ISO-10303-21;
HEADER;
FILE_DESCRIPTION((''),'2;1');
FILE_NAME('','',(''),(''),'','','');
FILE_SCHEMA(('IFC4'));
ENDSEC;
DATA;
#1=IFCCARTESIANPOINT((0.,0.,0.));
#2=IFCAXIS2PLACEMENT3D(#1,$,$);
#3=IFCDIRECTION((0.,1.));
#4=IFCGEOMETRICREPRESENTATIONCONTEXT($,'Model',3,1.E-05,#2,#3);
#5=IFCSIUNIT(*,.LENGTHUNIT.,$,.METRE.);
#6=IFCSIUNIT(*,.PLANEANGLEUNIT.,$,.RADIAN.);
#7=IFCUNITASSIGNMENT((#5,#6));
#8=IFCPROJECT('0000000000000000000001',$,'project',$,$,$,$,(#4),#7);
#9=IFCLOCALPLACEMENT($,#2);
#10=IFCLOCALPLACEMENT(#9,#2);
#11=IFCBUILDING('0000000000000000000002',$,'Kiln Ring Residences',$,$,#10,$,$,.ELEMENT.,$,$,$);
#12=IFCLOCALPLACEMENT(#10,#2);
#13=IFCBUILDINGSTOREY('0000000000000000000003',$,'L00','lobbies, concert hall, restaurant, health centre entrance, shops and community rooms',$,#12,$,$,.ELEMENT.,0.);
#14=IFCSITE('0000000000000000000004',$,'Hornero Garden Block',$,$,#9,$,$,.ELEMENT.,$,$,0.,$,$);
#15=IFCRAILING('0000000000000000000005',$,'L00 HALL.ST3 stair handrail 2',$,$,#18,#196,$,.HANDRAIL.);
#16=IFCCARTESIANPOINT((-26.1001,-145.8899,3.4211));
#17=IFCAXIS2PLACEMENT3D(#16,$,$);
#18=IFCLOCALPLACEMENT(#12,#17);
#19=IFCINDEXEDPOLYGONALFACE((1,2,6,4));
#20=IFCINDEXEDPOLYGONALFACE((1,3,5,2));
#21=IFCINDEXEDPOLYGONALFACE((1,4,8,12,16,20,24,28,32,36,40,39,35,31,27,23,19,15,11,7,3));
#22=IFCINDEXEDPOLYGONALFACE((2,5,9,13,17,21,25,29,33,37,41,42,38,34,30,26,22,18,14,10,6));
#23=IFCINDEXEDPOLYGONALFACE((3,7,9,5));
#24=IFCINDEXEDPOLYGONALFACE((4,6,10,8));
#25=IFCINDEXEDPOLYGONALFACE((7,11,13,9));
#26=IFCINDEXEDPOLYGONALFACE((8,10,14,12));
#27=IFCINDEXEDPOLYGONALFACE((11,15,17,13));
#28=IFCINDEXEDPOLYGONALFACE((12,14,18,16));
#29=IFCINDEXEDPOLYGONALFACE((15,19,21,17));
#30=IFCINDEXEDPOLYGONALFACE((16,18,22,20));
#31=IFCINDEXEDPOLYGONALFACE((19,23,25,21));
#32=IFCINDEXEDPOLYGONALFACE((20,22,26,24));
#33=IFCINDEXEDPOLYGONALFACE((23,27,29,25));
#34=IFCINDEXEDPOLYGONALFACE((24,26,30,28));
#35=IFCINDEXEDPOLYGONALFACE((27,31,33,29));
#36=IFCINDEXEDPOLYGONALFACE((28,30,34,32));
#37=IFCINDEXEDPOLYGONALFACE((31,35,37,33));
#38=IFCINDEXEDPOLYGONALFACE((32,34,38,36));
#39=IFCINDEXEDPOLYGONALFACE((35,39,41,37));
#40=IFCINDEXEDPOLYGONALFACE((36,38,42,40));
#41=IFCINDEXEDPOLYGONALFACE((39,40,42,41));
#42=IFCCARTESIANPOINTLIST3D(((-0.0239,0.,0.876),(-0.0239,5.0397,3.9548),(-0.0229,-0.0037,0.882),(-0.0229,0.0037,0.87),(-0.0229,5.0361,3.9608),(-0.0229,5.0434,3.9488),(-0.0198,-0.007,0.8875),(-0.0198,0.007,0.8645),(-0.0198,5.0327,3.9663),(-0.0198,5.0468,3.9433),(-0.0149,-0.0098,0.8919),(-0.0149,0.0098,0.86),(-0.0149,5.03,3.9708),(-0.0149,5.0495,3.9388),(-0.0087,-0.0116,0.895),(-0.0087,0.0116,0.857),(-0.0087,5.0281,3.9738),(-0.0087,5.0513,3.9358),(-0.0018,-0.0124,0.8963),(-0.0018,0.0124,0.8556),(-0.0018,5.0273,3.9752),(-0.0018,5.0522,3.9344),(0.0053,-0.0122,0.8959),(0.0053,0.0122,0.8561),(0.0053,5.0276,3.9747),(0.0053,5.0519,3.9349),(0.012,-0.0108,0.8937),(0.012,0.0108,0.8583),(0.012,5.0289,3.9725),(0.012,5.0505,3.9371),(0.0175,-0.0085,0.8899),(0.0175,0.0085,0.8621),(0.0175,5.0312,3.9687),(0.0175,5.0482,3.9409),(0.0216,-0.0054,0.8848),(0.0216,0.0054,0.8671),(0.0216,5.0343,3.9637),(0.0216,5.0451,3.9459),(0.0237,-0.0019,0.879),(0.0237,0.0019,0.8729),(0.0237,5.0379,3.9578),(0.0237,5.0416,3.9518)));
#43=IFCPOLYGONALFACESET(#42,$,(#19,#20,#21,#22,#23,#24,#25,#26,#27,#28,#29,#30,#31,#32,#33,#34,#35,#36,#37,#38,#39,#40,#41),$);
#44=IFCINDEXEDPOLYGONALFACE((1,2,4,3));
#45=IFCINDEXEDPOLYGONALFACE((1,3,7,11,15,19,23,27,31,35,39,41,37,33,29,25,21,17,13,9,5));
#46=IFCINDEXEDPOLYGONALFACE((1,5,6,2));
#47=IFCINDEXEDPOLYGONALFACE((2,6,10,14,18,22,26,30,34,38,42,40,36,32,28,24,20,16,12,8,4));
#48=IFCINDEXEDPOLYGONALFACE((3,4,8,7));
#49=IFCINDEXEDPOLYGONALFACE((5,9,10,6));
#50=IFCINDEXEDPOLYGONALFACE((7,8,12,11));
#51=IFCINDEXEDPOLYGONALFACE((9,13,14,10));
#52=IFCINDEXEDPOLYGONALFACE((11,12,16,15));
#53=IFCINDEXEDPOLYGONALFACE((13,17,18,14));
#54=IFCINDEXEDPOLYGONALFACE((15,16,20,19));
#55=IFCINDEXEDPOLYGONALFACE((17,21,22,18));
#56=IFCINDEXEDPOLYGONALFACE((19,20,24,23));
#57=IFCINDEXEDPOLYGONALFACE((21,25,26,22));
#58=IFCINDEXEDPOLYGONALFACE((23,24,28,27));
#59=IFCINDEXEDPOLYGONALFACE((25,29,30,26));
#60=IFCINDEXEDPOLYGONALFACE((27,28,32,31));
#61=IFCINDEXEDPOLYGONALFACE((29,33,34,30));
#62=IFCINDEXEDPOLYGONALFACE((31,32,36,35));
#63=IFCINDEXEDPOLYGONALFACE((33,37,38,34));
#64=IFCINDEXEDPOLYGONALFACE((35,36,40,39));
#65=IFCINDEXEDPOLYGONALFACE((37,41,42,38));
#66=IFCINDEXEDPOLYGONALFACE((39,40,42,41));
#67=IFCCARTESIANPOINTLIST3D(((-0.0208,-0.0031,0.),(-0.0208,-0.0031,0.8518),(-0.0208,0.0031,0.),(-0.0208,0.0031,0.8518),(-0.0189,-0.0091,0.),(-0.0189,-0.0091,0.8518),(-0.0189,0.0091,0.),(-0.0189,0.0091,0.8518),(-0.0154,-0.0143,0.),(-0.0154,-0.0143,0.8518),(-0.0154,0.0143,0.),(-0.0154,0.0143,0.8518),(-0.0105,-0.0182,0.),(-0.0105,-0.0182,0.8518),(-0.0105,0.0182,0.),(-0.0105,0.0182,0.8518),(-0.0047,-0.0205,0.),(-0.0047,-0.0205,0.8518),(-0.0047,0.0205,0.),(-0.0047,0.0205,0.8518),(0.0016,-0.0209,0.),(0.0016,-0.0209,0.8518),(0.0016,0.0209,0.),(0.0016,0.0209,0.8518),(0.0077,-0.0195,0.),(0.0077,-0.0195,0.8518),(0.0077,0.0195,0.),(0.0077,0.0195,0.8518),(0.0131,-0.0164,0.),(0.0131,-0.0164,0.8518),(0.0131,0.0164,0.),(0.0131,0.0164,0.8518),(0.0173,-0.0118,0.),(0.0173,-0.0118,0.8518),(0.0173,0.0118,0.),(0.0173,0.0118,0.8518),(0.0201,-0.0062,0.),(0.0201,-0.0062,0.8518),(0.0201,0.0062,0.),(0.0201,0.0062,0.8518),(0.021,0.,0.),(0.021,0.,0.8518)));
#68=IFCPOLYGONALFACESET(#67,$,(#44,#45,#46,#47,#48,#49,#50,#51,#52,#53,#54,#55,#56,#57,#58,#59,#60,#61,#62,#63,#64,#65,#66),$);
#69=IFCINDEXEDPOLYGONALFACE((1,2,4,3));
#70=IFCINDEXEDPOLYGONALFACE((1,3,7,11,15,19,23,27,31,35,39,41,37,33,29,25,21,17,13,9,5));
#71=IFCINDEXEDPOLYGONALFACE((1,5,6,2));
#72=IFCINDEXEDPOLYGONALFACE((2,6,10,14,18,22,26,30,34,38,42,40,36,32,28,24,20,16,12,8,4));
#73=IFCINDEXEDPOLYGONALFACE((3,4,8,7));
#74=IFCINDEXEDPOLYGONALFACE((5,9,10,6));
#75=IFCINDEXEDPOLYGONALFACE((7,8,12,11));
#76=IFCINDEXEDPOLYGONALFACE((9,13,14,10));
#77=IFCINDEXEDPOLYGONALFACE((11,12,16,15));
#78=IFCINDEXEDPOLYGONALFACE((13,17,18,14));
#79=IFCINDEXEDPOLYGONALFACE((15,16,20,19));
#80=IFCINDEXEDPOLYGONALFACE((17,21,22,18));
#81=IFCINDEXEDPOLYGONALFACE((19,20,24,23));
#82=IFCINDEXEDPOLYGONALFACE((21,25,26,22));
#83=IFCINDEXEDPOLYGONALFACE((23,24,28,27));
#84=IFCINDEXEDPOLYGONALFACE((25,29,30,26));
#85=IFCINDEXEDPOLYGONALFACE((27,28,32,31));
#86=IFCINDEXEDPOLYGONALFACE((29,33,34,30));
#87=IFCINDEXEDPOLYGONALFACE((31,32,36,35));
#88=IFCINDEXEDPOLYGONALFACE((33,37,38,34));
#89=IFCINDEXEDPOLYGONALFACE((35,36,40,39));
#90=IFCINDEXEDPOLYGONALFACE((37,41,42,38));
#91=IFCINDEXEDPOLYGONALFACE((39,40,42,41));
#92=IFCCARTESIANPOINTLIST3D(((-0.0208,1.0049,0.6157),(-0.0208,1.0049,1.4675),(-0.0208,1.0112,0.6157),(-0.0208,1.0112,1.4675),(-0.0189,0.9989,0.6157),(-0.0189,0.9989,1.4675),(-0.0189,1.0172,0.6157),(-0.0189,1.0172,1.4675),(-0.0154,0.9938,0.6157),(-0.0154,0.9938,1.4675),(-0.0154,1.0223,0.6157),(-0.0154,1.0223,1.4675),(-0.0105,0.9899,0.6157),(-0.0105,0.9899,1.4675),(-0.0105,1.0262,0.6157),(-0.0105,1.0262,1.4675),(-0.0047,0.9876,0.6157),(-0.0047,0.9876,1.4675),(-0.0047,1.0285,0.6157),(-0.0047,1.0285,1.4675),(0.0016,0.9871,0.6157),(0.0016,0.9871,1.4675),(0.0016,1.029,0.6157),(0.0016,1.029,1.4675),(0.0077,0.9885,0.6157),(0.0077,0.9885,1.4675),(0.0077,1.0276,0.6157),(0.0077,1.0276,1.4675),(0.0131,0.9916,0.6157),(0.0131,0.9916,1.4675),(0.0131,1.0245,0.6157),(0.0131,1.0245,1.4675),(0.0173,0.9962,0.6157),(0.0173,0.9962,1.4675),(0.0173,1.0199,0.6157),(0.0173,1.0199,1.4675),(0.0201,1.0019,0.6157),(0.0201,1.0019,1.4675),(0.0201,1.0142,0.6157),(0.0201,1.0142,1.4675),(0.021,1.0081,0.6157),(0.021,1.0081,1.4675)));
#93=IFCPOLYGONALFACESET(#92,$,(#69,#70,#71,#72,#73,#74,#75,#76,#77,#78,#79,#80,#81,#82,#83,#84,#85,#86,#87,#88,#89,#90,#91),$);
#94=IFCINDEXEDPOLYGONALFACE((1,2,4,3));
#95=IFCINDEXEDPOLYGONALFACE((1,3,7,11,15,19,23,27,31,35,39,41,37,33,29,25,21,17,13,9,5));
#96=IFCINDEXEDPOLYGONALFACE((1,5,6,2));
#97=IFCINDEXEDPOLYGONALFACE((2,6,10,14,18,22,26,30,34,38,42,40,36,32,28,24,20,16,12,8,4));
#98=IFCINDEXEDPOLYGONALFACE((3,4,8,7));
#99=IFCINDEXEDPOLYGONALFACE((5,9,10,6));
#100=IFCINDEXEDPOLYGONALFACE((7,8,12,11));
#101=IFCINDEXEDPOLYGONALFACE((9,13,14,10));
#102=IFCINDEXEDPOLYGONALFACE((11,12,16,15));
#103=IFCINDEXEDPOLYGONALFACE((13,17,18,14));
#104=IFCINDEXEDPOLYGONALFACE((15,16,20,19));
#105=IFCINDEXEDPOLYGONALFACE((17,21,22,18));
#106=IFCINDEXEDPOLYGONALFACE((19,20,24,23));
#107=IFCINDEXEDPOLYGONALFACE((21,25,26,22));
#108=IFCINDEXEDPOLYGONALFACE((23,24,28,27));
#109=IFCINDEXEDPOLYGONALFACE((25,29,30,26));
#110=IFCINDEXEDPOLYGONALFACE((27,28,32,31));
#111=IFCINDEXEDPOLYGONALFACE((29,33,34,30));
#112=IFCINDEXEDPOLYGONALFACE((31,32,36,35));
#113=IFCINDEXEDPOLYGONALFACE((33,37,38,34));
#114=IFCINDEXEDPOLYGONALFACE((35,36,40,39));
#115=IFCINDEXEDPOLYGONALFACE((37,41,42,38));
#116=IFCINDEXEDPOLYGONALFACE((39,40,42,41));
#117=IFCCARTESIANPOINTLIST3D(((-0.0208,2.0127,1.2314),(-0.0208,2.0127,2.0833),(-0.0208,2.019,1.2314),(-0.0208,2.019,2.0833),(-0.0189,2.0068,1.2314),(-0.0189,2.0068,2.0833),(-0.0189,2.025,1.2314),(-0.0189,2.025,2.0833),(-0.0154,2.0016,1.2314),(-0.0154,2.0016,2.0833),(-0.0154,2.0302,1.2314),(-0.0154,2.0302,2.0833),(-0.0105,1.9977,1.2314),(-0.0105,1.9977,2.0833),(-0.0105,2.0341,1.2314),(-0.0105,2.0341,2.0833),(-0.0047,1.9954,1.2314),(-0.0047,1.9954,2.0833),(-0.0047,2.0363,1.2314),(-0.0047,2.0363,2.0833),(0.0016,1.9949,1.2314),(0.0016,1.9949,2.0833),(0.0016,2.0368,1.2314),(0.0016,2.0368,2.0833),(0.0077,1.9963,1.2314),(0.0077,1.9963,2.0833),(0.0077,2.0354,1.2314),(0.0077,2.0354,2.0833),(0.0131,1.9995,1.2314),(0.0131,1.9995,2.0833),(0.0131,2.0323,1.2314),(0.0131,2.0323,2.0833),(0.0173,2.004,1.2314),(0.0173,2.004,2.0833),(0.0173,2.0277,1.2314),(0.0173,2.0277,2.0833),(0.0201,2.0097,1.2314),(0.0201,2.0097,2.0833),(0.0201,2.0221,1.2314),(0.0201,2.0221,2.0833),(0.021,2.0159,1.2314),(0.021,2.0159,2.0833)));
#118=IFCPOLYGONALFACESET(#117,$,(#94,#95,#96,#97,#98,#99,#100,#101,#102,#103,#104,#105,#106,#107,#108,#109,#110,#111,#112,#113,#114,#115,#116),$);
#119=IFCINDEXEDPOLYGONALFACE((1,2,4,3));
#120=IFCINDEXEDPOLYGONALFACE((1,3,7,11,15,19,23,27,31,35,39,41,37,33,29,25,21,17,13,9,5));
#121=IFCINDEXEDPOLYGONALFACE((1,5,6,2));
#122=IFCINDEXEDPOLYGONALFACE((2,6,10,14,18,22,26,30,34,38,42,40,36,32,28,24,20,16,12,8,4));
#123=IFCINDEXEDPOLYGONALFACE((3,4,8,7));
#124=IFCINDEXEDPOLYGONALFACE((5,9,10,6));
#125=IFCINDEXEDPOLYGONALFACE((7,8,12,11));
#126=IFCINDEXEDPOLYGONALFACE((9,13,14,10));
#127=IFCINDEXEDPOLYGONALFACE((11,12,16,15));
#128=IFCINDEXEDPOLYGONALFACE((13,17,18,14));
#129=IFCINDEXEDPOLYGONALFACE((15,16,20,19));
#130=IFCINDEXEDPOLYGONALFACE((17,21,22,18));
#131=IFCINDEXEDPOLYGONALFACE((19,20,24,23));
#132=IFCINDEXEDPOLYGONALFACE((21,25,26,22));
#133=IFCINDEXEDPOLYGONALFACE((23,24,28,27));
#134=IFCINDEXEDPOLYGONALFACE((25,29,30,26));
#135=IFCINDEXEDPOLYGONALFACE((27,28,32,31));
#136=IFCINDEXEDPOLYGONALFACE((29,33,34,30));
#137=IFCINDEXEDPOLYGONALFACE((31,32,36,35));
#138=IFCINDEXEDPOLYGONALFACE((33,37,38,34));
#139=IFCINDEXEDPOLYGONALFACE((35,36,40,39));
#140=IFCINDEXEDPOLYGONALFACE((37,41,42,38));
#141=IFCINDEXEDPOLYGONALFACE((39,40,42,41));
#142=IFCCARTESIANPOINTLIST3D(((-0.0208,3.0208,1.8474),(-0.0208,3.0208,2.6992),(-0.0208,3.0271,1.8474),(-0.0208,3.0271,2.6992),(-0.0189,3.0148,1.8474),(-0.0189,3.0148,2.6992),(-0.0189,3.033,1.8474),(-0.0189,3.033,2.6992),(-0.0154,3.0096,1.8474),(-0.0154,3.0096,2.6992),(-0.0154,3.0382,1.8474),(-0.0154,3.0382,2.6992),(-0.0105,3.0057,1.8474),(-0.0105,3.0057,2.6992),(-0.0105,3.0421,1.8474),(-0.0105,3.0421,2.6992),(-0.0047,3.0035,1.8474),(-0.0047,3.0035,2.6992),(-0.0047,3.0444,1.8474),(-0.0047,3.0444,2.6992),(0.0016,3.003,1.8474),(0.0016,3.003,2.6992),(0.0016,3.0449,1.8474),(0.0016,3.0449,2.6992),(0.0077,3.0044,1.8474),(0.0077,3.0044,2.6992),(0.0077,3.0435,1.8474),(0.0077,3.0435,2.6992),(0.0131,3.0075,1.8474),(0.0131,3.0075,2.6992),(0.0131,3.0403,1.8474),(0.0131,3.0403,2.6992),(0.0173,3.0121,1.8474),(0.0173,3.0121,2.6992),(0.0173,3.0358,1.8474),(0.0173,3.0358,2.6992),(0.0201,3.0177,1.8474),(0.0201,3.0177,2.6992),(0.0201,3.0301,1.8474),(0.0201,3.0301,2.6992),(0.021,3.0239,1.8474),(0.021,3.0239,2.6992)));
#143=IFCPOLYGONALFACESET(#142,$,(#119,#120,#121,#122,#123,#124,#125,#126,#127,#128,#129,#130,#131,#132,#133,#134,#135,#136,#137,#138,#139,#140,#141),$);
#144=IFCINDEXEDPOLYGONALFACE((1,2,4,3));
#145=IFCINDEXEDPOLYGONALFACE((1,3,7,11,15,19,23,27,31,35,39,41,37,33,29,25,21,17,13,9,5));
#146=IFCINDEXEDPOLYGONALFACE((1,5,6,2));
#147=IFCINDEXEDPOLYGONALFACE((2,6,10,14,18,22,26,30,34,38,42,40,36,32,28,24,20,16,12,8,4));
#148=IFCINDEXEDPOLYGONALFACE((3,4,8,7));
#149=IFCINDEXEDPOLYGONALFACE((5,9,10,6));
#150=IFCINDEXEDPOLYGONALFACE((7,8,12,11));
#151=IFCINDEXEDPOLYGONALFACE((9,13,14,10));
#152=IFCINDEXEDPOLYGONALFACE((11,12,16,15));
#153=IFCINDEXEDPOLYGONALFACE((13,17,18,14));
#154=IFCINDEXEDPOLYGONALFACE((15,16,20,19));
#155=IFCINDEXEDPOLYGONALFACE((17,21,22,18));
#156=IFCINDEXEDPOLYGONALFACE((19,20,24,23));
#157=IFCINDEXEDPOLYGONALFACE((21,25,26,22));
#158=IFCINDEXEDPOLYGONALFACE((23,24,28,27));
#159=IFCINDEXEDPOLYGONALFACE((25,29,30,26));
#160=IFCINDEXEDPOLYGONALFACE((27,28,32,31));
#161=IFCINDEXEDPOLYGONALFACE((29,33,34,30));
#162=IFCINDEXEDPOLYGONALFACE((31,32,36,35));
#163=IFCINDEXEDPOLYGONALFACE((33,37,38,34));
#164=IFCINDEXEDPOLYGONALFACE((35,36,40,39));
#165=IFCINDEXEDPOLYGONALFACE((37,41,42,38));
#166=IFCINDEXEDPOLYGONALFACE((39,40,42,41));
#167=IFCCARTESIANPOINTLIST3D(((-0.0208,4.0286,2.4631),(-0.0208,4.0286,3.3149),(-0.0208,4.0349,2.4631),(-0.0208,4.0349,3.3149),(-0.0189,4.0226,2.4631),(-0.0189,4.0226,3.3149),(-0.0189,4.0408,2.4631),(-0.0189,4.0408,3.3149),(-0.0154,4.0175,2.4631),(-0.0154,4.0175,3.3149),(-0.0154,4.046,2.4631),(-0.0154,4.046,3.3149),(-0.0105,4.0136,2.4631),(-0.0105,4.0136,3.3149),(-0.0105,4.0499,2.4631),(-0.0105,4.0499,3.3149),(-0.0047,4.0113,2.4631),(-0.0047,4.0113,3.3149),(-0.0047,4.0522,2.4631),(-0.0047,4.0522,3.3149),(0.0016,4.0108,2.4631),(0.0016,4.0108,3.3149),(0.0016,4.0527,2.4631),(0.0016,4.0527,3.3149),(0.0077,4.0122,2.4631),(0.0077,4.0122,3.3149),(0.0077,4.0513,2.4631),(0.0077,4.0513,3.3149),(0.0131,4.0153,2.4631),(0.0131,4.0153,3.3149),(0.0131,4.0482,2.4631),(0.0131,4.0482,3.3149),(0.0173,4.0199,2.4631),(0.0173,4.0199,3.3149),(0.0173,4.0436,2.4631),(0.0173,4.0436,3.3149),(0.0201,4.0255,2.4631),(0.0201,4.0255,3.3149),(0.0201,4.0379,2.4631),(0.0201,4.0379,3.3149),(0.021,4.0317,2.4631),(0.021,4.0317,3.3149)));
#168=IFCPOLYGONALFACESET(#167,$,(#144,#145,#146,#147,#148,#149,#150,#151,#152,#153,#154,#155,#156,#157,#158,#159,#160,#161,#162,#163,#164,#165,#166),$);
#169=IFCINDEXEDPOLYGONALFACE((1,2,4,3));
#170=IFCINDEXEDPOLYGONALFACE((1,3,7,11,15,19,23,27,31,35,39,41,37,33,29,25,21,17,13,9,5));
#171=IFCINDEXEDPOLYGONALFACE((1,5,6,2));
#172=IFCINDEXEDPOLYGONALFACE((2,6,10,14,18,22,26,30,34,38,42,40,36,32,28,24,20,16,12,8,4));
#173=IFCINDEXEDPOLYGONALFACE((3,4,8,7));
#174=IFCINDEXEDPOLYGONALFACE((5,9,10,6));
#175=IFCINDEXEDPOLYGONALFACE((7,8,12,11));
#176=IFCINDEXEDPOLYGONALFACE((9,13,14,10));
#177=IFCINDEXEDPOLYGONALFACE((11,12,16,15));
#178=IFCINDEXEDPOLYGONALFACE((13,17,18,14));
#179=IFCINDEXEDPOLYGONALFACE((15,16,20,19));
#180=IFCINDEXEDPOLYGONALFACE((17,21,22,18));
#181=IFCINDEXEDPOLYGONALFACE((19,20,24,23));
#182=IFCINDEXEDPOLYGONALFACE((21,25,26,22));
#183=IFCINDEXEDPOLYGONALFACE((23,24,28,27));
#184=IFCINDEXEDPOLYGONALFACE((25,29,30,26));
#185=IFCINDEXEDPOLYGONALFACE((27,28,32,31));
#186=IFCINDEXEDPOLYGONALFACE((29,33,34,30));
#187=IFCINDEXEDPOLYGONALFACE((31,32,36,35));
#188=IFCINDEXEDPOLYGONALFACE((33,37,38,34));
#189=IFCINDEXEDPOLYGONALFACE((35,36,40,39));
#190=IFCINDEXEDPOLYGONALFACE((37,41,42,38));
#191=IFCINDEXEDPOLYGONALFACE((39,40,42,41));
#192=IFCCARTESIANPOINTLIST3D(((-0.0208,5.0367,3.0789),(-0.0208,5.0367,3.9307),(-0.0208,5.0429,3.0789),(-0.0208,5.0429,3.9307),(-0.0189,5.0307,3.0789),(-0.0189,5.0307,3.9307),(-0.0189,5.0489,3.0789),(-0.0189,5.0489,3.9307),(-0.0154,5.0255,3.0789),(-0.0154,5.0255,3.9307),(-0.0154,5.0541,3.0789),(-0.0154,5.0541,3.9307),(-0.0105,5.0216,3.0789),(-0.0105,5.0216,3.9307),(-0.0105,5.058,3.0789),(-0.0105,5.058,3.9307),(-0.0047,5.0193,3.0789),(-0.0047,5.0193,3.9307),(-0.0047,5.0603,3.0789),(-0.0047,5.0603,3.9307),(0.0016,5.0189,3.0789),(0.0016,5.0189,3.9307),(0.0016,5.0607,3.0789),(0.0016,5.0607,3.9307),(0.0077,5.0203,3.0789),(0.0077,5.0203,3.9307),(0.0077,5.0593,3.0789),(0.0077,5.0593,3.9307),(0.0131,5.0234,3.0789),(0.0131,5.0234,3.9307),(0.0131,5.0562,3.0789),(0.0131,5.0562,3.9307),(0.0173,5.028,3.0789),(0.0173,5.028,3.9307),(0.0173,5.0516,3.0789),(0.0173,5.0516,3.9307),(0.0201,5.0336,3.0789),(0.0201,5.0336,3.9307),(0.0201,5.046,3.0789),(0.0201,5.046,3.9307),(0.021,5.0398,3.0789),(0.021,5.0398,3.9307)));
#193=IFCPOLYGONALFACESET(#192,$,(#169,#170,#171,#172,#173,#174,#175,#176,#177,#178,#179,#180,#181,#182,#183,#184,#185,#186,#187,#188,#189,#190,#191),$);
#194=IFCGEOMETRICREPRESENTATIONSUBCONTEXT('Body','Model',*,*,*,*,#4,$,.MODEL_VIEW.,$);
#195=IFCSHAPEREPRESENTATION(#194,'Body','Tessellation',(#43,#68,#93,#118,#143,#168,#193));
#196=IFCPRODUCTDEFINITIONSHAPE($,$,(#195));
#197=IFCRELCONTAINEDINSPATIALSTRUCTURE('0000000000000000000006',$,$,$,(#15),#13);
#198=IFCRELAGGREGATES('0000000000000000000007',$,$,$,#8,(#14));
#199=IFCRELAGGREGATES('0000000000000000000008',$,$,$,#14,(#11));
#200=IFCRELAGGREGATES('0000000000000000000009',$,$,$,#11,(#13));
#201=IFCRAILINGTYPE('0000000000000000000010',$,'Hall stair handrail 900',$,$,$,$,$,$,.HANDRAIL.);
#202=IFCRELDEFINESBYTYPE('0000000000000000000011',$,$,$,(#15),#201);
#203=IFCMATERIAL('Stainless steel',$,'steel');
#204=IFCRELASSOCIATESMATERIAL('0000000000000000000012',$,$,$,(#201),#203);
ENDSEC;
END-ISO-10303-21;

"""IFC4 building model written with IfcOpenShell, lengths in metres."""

from ifc_helpers import new_model, si_unit, direction, frame, origin, origin_2d, place, context, subcontext, project, spatial, circle, extrude, material, type_object, element, save


model = new_model("IFC4")

# Units and contexts
model_context = context("Model", 3, precision=1e-05, world=origin(), true_north=direction((0.0, 1.0)))
body_context = subcontext(model_context, "Body", "Model", "MODEL_VIEW")
ifc_project = project(units=[si_unit("LENGTHUNIT", "METRE"), si_unit("PLANEANGLEUNIT", "RADIAN")], contexts=[model_context])

# Site, building, storey
site_placement = place(None, origin())
site = spatial("IfcSite", under=ifc_project, at=site_placement, Name="Hornero Garden Block", CompositionType="ELEMENT", RefElevation=0.0)
building_placement = place(site_placement, origin())
building = spatial("IfcBuilding", under=site, at=building_placement, Name="Kiln Ring Residences", CompositionType="ELEMENT")
storey_placement = place(building_placement, origin())
storey = spatial("IfcBuildingStorey", under=building, at=storey_placement, Name="L00", Description="lobbies, concert hall, restaurant, health centre entrance, shops and community rooms", CompositionType="ELEMENT", Elevation=0.0)

# Railing
ifc_material_1 = material(Name="Stainless steel", Category="steel")
railing_type_1 = type_object("IfcRailingType", Name="Hall stair handrail 900", PredefinedType="HANDRAIL", material=ifc_material_1)
railing_1_placement = place(storey_placement, frame((-26.1001, -145.8899, 3.4211)))
element("IfcRailing", 1, at=railing_1_placement, inside=storey, type_object=railing_type_1, Name="L00 HALL.ST3 stair handrail 2", PredefinedType="HANDRAIL", context=body_context, shape_type="SweptSolid", body=[
    extrude(circle(Radius=0.0239, at=origin_2d()), frame((0.0, 0.0, 0.876), z_axis=(0.0, 0.853358, 0.521325), x_axis=(-1.0, 0.0, 0.0)), (0.0, 0.0, 1.0), 5.9058),
    extrude(circle(Radius=0.021, at=origin_2d()), origin(), (0.0, 0.0, 1.0), 0.8518),
    extrude(circle(Radius=0.021, at=origin_2d()), frame((0.0, 1.0081, 0.6157)), (0.0, 0.0, 1.0), 0.8518),
    extrude(circle(Radius=0.021, at=origin_2d()), frame((0.0, 2.0159, 1.2314)), (0.0, 0.0, 1.0), 0.8518),
    extrude(circle(Radius=0.021, at=origin_2d()), frame((0.0, 3.0239, 1.8474)), (0.0, 0.0, 1.0), 0.8518),
    extrude(circle(Radius=0.021, at=origin_2d()), frame((0.0, 4.0317, 2.4631)), (0.0, 0.0, 1.0), 0.8518),
    extrude(circle(Radius=0.021, at=origin_2d()), frame((0.0, 5.0398, 3.0789)), (0.0, 0.0, 1.0), 0.8518),
])

save(model, "model.ifc")
